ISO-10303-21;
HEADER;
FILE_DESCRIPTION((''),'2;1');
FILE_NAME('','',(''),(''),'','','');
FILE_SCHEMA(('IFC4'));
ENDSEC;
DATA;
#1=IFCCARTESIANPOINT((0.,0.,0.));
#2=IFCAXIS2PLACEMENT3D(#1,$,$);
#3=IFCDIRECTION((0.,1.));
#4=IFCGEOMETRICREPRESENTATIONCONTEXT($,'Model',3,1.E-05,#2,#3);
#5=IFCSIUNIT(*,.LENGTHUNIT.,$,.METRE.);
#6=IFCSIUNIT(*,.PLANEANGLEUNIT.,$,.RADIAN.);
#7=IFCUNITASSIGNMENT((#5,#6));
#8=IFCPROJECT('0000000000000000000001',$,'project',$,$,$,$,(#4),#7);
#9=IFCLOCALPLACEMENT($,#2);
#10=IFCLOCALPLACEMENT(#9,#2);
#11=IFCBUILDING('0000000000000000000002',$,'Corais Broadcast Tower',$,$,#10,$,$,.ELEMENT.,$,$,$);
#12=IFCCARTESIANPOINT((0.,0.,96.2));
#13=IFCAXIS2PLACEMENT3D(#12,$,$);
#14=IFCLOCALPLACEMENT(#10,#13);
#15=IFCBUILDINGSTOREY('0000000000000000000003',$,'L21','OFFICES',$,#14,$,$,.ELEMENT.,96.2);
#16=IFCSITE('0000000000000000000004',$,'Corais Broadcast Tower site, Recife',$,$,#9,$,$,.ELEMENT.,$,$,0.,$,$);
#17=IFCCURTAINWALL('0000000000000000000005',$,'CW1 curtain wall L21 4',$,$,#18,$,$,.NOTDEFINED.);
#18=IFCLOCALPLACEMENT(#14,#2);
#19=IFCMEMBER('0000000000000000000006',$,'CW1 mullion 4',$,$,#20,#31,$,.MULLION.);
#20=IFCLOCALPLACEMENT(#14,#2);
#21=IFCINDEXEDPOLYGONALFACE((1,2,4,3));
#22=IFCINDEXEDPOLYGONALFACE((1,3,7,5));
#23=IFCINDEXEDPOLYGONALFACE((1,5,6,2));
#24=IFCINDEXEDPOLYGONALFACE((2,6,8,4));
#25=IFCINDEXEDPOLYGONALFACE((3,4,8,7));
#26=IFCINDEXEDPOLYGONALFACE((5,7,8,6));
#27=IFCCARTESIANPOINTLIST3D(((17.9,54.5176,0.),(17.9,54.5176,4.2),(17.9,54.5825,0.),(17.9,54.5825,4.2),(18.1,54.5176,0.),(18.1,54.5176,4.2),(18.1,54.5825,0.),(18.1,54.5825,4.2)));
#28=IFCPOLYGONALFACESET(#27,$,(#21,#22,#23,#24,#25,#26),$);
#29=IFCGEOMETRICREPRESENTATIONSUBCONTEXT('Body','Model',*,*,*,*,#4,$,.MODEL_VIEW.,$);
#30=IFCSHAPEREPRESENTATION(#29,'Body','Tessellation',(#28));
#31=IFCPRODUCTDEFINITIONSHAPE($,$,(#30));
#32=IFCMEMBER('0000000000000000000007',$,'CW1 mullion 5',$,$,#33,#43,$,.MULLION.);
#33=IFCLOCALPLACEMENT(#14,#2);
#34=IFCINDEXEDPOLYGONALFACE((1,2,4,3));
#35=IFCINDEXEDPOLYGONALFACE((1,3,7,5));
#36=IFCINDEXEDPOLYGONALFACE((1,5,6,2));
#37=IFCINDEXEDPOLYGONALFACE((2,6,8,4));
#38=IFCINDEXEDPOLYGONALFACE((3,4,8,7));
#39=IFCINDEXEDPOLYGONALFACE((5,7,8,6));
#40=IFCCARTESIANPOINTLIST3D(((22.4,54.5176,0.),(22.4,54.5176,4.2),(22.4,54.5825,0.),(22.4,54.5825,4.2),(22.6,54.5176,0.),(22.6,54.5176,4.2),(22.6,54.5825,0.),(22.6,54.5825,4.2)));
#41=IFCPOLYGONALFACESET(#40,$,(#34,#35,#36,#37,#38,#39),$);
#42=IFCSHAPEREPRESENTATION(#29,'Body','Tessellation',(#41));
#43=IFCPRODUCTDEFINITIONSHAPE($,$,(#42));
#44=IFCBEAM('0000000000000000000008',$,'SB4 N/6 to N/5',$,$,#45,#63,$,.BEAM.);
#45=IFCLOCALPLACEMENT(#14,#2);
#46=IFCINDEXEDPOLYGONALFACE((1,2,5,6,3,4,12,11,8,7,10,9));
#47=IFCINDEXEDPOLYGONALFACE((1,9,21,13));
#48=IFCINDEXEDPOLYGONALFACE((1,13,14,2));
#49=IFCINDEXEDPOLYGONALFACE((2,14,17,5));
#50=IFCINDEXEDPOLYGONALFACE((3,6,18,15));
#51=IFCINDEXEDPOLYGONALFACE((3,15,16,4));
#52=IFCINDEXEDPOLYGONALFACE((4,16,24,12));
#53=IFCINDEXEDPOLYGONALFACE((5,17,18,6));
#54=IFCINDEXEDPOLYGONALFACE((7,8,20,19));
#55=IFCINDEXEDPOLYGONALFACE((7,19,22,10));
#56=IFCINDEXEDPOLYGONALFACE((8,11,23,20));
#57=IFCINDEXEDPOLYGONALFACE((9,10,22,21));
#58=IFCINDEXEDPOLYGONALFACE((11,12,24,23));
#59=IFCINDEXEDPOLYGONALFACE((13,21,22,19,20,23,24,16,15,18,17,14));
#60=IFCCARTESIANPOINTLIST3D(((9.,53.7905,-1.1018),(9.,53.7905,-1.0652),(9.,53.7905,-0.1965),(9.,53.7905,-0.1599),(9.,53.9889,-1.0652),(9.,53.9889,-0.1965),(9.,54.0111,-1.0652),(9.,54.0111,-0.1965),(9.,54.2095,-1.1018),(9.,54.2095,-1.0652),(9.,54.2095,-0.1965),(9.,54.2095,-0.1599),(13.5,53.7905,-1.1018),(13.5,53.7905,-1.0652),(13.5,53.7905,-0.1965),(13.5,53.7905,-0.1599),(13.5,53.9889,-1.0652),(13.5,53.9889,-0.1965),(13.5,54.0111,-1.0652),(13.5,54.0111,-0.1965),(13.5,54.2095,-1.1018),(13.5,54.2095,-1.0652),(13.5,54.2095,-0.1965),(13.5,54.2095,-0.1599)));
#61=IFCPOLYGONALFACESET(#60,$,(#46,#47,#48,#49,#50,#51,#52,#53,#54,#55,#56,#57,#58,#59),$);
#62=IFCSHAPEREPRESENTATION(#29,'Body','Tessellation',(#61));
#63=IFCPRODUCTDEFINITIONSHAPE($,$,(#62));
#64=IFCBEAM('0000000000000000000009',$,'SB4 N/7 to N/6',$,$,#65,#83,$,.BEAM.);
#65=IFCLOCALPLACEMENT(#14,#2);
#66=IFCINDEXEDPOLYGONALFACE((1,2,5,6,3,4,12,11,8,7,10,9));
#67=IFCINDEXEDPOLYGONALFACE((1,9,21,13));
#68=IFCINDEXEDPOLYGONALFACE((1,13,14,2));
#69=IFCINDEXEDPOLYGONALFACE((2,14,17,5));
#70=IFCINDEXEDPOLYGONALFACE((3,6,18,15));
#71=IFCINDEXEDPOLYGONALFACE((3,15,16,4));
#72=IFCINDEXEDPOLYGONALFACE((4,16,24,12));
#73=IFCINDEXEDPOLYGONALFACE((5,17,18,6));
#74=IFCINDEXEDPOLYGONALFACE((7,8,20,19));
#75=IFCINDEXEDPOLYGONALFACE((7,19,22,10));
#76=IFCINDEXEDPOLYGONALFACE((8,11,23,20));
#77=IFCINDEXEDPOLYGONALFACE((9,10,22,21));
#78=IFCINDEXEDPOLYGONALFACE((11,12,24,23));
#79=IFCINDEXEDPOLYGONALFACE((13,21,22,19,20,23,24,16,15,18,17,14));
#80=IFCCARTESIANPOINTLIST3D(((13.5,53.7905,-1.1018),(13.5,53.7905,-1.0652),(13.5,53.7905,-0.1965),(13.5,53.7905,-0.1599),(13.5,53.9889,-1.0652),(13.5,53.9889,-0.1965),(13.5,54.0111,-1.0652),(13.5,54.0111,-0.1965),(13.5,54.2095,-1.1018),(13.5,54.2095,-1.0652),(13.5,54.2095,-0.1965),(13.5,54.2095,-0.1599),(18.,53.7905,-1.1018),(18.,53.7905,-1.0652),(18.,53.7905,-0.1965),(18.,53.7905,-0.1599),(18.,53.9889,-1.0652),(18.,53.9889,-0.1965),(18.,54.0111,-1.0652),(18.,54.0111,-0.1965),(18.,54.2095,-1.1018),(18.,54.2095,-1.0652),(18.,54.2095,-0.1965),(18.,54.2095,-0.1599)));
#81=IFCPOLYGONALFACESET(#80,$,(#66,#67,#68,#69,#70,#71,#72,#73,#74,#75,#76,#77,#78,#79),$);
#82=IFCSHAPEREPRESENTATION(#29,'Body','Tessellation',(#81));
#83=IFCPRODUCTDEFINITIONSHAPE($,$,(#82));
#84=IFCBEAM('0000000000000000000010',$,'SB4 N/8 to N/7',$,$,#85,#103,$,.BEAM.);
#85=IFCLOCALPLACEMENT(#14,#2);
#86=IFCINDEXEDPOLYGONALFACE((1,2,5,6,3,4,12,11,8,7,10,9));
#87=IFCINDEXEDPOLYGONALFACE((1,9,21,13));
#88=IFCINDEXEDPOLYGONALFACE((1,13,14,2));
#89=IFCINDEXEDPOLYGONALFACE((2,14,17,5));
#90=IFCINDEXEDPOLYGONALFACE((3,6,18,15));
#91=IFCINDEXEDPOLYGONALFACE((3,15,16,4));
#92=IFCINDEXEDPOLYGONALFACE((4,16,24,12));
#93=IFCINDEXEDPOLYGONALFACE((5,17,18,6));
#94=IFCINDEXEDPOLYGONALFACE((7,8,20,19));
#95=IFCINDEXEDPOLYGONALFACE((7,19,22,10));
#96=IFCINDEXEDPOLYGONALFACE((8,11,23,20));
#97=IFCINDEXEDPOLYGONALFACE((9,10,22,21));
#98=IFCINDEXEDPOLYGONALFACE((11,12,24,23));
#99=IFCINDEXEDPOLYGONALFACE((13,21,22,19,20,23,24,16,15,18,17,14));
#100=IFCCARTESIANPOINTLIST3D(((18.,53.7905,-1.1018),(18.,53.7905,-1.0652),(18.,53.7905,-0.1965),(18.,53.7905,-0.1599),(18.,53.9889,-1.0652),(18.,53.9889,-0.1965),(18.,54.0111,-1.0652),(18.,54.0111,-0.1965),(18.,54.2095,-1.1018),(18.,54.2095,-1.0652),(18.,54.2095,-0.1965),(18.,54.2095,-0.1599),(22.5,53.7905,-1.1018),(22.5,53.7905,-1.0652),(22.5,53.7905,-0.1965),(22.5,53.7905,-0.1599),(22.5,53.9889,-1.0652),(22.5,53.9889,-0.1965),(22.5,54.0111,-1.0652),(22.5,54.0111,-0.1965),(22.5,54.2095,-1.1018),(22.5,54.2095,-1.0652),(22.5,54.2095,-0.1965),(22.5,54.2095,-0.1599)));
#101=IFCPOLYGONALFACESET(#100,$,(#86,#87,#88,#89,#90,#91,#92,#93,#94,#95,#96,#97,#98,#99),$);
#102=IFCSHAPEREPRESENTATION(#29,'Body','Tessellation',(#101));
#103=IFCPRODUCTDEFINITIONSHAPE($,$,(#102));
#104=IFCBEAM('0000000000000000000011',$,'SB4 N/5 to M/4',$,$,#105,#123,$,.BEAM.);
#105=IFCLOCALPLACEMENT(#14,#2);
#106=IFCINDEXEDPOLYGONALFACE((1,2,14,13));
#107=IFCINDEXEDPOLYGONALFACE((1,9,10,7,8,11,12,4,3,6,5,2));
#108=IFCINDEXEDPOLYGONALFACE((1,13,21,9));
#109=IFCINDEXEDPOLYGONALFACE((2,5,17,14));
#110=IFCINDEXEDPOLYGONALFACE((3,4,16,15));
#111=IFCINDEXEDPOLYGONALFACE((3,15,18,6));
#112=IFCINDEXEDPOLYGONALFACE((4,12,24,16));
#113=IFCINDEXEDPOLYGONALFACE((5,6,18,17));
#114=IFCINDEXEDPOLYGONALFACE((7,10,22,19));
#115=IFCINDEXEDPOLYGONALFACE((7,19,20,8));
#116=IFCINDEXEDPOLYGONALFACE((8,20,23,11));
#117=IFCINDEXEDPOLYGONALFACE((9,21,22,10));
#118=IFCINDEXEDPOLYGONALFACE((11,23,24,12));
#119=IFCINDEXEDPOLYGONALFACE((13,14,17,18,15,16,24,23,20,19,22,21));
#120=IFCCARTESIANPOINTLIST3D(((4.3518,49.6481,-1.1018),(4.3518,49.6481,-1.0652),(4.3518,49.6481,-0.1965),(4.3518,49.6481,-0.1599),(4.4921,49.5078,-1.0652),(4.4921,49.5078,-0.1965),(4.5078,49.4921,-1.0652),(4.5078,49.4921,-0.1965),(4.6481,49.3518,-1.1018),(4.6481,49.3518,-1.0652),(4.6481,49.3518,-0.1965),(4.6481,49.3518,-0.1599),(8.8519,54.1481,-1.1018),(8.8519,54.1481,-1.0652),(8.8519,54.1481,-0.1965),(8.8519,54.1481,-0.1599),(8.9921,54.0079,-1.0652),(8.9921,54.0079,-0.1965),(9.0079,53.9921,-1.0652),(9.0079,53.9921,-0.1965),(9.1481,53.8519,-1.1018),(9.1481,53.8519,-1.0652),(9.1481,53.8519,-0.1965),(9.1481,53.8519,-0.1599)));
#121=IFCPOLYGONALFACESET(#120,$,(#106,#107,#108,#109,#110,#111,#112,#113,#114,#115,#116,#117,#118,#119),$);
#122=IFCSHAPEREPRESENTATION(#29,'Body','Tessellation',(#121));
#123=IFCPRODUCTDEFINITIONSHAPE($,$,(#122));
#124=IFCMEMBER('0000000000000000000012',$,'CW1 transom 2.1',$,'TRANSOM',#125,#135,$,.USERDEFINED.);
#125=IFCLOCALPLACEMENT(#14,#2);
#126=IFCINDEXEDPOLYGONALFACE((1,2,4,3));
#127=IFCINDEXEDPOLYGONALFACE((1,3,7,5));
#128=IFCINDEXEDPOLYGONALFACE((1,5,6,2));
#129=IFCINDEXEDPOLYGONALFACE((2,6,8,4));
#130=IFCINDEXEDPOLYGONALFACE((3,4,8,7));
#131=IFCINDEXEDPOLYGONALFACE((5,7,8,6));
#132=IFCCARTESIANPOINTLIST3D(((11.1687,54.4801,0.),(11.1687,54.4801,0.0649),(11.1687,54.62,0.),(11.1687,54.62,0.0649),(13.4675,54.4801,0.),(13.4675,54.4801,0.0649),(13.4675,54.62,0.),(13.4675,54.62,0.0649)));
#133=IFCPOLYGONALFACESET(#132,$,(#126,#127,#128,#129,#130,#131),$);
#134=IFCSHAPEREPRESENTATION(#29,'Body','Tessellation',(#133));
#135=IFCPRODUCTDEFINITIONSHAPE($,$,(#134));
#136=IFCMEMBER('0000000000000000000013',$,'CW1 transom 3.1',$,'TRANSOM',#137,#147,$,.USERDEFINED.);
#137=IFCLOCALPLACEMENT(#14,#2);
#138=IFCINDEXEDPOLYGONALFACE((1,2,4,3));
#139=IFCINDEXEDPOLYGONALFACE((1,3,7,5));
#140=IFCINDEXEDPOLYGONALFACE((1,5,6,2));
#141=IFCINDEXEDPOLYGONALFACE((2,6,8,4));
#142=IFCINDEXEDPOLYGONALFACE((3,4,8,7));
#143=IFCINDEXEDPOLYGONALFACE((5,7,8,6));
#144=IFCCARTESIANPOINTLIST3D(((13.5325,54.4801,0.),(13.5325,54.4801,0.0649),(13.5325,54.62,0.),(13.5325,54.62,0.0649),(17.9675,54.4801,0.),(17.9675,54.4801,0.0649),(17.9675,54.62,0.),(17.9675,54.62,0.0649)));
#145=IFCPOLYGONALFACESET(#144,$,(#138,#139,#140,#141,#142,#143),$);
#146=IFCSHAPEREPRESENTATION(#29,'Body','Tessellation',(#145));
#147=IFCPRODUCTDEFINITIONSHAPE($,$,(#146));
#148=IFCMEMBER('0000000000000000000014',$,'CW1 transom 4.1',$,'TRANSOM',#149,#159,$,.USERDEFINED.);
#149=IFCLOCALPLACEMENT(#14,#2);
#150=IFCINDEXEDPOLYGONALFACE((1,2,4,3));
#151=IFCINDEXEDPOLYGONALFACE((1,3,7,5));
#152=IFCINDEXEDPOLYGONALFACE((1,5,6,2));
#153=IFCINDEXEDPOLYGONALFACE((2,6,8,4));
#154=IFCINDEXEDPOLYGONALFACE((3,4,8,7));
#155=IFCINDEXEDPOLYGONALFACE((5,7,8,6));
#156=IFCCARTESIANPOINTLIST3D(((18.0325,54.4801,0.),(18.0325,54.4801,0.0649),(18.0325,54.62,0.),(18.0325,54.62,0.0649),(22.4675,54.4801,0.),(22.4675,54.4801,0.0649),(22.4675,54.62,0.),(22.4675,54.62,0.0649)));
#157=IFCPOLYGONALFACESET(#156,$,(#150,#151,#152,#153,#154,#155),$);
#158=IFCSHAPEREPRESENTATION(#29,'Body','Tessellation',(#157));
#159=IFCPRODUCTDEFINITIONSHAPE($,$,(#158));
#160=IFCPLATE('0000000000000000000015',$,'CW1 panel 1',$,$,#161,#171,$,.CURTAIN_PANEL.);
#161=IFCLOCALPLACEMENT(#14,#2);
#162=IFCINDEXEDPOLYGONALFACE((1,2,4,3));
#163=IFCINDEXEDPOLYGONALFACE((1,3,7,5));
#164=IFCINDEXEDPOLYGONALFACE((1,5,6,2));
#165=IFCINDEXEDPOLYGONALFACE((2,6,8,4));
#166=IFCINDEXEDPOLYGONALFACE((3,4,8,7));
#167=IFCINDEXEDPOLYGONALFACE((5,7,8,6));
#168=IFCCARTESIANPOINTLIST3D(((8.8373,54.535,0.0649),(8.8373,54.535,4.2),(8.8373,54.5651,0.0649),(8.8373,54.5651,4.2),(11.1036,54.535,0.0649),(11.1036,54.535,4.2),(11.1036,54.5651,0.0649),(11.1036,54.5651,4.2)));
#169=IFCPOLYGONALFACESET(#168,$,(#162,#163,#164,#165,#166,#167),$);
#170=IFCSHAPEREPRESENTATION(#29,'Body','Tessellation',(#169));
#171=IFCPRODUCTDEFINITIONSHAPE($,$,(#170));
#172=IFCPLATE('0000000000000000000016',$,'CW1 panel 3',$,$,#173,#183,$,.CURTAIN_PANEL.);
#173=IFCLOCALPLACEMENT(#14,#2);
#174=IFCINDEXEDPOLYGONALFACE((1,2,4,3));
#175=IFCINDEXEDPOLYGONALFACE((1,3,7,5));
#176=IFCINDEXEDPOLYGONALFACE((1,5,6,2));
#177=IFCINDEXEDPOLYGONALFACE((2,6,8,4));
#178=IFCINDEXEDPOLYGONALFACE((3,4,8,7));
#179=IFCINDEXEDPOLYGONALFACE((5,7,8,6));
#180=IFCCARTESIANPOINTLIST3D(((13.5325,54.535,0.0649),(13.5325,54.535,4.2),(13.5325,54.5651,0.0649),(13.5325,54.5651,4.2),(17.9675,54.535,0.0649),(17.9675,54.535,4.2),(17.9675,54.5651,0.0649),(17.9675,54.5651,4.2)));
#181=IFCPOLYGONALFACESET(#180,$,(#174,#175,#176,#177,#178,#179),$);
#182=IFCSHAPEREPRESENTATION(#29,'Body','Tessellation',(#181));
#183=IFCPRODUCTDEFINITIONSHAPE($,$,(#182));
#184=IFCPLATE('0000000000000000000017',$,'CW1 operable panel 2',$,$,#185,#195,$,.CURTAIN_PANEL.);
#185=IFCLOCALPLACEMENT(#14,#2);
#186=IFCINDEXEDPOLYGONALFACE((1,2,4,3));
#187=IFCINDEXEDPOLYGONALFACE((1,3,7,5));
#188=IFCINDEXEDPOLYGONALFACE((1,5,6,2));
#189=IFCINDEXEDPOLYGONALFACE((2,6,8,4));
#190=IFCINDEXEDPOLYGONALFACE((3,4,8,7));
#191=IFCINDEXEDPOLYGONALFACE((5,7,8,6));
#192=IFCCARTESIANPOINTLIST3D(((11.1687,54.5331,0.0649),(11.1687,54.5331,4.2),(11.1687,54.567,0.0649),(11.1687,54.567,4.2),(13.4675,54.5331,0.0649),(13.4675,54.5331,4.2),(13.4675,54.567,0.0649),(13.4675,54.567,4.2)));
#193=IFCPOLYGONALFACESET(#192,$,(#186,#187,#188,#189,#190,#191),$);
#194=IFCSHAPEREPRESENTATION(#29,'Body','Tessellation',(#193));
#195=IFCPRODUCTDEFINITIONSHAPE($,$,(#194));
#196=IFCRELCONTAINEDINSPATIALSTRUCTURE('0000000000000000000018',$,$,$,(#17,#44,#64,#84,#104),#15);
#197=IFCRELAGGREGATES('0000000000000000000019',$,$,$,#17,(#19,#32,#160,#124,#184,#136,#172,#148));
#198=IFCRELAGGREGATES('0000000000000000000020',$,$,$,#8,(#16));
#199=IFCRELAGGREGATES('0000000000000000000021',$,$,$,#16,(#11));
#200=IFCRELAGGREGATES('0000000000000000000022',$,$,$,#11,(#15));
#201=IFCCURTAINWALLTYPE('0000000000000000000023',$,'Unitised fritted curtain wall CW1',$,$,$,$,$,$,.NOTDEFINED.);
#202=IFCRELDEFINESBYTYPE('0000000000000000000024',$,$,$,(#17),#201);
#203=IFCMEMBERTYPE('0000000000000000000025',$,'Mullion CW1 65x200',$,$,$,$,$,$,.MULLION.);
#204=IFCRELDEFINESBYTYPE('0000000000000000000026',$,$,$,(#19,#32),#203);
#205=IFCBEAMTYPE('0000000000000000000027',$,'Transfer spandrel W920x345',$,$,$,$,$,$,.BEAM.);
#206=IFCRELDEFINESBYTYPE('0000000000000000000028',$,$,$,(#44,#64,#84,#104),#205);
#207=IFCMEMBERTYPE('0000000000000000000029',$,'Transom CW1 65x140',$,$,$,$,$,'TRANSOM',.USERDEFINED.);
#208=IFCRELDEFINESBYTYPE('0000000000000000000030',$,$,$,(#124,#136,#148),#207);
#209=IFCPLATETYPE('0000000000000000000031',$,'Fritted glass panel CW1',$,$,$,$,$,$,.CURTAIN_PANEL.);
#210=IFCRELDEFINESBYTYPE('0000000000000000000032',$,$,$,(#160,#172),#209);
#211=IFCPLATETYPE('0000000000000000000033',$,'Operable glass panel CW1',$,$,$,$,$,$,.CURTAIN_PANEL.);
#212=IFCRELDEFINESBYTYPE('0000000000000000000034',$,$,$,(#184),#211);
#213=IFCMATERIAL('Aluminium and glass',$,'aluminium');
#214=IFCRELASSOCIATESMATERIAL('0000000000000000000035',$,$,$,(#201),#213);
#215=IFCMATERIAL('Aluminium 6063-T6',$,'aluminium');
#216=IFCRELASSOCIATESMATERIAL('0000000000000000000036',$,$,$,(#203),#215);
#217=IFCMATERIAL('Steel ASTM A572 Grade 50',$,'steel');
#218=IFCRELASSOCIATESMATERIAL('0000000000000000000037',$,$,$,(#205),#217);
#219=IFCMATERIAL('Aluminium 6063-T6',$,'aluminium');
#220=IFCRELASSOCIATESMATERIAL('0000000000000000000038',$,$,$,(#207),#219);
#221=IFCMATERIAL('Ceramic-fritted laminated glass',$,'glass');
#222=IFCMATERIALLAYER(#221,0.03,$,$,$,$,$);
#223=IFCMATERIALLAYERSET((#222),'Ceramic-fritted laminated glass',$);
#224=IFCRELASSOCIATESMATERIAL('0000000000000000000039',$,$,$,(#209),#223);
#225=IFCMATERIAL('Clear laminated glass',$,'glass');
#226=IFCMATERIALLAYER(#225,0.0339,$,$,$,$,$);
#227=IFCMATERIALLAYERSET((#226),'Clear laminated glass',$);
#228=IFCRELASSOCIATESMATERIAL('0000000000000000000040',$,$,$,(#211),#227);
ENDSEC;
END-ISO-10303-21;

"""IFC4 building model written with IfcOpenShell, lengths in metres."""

from ifc_helpers import new_model, si_unit, direction, frame, origin, origin_2d, place, context, subcontext, project, spatial, rectangle, i_section, extrude, material, layer, layer_set, material_profile, profile_set, type_object, element, aggregate, save


model = new_model("IFC4")

# Units and contexts
model_context = context("Model", 3, precision=1e-05, world=origin(), true_north=direction((0.0, 1.0)))
body_context = subcontext(model_context, "Body", "Model", "MODEL_VIEW")
ifc_project = project(units=[si_unit("LENGTHUNIT", "METRE"), si_unit("PLANEANGLEUNIT", "RADIAN")], contexts=[model_context])

# Site, building, storey
site_placement = place(None, origin())
site = spatial("IfcSite", under=ifc_project, at=site_placement, Name="Corais Broadcast Tower site, Recife", CompositionType="ELEMENT", RefElevation=0.0)
building_placement = place(site_placement, origin())
building = spatial("IfcBuilding", under=site, at=building_placement, Name="Corais Broadcast Tower", CompositionType="ELEMENT")
storey_placement = place(building_placement, frame((0.0, 0.0, 96.2)))
storey = spatial("IfcBuildingStorey", under=building, at=storey_placement, Name="L21", Description="OFFICES", CompositionType="ELEMENT", Elevation=96.2)

# Curtain wall, members
ifc_material_1 = material(Name="Aluminium and glass", Category="aluminium")
curtain_wall_type = type_object("IfcCurtainWallType", Name="Unitised fritted curtain wall CW1", PredefinedType="NOTDEFINED", material=ifc_material_1)
curtain_wall_placement = place(storey_placement, origin())
curtain_wall = element("IfcCurtainWall", 1, at=curtain_wall_placement, inside=storey, type_object=curtain_wall_type, Name="CW1 curtain wall L21 4", PredefinedType="NOTDEFINED")
ifc_material_2 = material(Name="Aluminium 6063-T6", Category="aluminium")
ifc_material_profile_1 = material_profile(ifc_material_2, rectangle(XDim=0.0649, YDim=0.2, at=origin_2d()), Name="Mullion CW1 65x200")
ifc_profile_set_1 = profile_set([ifc_material_profile_1], Name="Aluminium 6063-T6")
member_type_1 = type_object("IfcMemberType", Name="Mullion CW1 65x200", PredefinedType="MULLION", material=ifc_profile_set_1)
member_1_placement = place(storey_placement, frame((18.0, 54.55, 0.0), z_axis=(0.0, 0.0, 1.0), x_axis=(0.0, 1.0, 0.0)))
member_1 = element("IfcMember", 2, at=member_1_placement, type_object=member_type_1, Name="CW1 mullion 4", PredefinedType="MULLION", context=body_context, shape_type="SweptSolid", body=[
    extrude(rectangle(XDim=0.0649, YDim=0.2, at=origin_2d()), origin(), (0.0, 0.0, 1.0), 4.2),
])
member_2_placement = place(storey_placement, frame((22.5, 54.55, 0.0), z_axis=(0.0, 0.0, 1.0), x_axis=(0.0, 1.0, 0.0)))
member_2 = element("IfcMember", 3, at=member_2_placement, type_object=member_type_1, Name="CW1 mullion 5", PredefinedType="MULLION", context=body_context, shape_type="SweptSolid", body=[
    extrude(rectangle(XDim=0.0649, YDim=0.2, at=origin_2d()), origin(), (0.0, 0.0, 1.0), 4.2),
])

# Beams
ifc_material_3 = material(Name="Steel ASTM A572 Grade 50", Category="steel")
ifc_material_profile_2 = material_profile(ifc_material_3, i_section(OverallWidth=0.4189, OverallDepth=0.9419, WebThickness=0.0222, FlangeThickness=0.0366, at=origin_2d()), Name="W920x345")
ifc_profile_set_2 = profile_set([ifc_material_profile_2], Name="Steel ASTM A572 Grade 50")
beam_type_1 = type_object("IfcBeamType", Name="Transfer spandrel W920x345", PredefinedType="BEAM", material=ifc_profile_set_2)
for number, where, z_axis, x_axis, name in (
    (4, (13.5, 54.0, -0.6309), (-1.0, 0.0, 0.0), (0.0, -1.0, 0.0), "SB4 N/6 to N/5"),
    (5, (18.0, 54.0, -0.6309), (-1.0, 0.0, 0.0), (0.0, -1.0, 0.0), "SB4 N/7 to N/6"),
    (6, (22.5, 54.0, -0.6309), (-1.0, 0.0, 0.0), (0.0, -1.0, 0.0), "SB4 N/8 to N/7"),
):
    element("IfcBeam", number, at=place(storey_placement, frame(where, z_axis=z_axis, x_axis=x_axis)), inside=storey, type_object=beam_type_1, Name=name, PredefinedType="BEAM", context=body_context, shape_type="SweptSolid", body=[
        extrude(i_section(OverallWidth=0.4189, OverallDepth=0.9419, WebThickness=0.0222, FlangeThickness=0.0366, at=origin_2d()), origin(), (0.0, 0.0, 1.0), 4.5),
    ])
beam_1_placement = place(storey_placement, frame((9.0, 54.0, -0.6309), z_axis=(-0.707107, -0.707107, 0.0), x_axis=(0.707107, -0.707107, 0.0)))
element("IfcBeam", 7, at=beam_1_placement, inside=storey, type_object=beam_type_1, Name="SB4 N/5 to M/4", PredefinedType="BEAM", context=body_context, shape_type="SweptSolid", body=[
    extrude(i_section(OverallWidth=0.4189, OverallDepth=0.9419, WebThickness=0.0222, FlangeThickness=0.0366, at=origin_2d()), origin(), (0.0, 0.0, 1.0), 6.364),
])

# Members
ifc_material_4 = material(Name="Aluminium 6063-T6", Category="aluminium")
ifc_material_profile_3 = material_profile(ifc_material_4, rectangle(XDim=0.1399, YDim=0.0649, at=origin_2d()), Name="Transom CW1 65x140")
ifc_profile_set_3 = profile_set([ifc_material_profile_3], Name="Aluminium 6063-T6")
member_type_2 = type_object("IfcMemberType", Name="Transom CW1 65x140", ElementType="TRANSOM", PredefinedType="USERDEFINED", material=ifc_profile_set_3)
member_3_placement = place(storey_placement, frame((11.1687, 54.55, 0.0325), z_axis=(1.0, 0.0, 0.0), x_axis=(0.0, 1.0, 0.0)))
member_3 = element("IfcMember", 8, at=member_3_placement, type_object=member_type_2, Name="CW1 transom 2.1", ObjectType="TRANSOM", PredefinedType="USERDEFINED", context=body_context, shape_type="SweptSolid", body=[
    extrude(rectangle(XDim=0.1399, YDim=0.0649, at=origin_2d()), origin(), (0.0, 0.0, 1.0), 2.2988),
])
member_4_placement = place(storey_placement, frame((13.5325, 54.55, 0.0325), z_axis=(1.0, 0.0, 0.0), x_axis=(0.0, 1.0, 0.0)))
member_4 = element("IfcMember", 9, at=member_4_placement, type_object=member_type_2, Name="CW1 transom 3.1", ObjectType="TRANSOM", PredefinedType="USERDEFINED", context=body_context, shape_type="SweptSolid", body=[
    extrude(rectangle(XDim=0.1399, YDim=0.0649, at=origin_2d()), origin(), (0.0, 0.0, 1.0), 4.4351),
])
member_5_placement = place(storey_placement, frame((18.0325, 54.55, 0.0325), z_axis=(1.0, 0.0, 0.0), x_axis=(0.0, 1.0, 0.0)))
member_5 = element("IfcMember", 10, at=member_5_placement, type_object=member_type_2, Name="CW1 transom 4.1", ObjectType="TRANSOM", PredefinedType="USERDEFINED", context=body_context, shape_type="SweptSolid", body=[
    extrude(rectangle(XDim=0.1399, YDim=0.0649, at=origin_2d()), origin(), (0.0, 0.0, 1.0), 4.4351),
])

# Plates
ifc_material_5 = material(Name="Ceramic-fritted laminated glass", Category="glass")
ifc_layer_1 = layer(ifc_material_5, 0.03)
ifc_layer_set_1 = layer_set([ifc_layer_1], Name="Ceramic-fritted laminated glass")
plate_type_1 = type_object("IfcPlateType", Name="Fritted glass panel CW1", PredefinedType="CURTAIN_PANEL", material=ifc_layer_set_1)
plate_1_placement = place(storey_placement, frame((9.9705, 54.55, 0.0649), z_axis=(0.0, 0.0, 1.0), x_axis=(1.0, 0.0, 0.0)))
plate_1 = element("IfcPlate", 11, at=plate_1_placement, type_object=plate_type_1, Name="CW1 panel 1", PredefinedType="CURTAIN_PANEL", context=body_context, shape_type="SweptSolid", body=[
    extrude(rectangle(XDim=2.2664, YDim=0.03, at=origin_2d()), origin(), (0.0, 0.0, 1.0), 4.135),
])
plate_2_placement = place(storey_placement, frame((15.75, 54.55, 0.0649), z_axis=(0.0, 0.0, 1.0), x_axis=(1.0, 0.0, 0.0)))
plate_2 = element("IfcPlate", 12, at=plate_2_placement, type_object=plate_type_1, Name="CW1 panel 3", PredefinedType="CURTAIN_PANEL", context=body_context, shape_type="SweptSolid", body=[
    extrude(rectangle(XDim=4.4351, YDim=0.03, at=origin_2d()), origin(), (0.0, 0.0, 1.0), 4.135),
])
ifc_material_6 = material(Name="Clear laminated glass", Category="glass")
ifc_layer_2 = layer(ifc_material_6, 0.0339)
ifc_layer_set_2 = layer_set([ifc_layer_2], Name="Clear laminated glass")
plate_type_2 = type_object("IfcPlateType", Name="Operable glass panel CW1", PredefinedType="CURTAIN_PANEL", material=ifc_layer_set_2)
plate_3_placement = place(storey_placement, frame((12.3181, 54.55, 0.0649), z_axis=(0.0, 0.0, 1.0), x_axis=(1.0, 0.0, 0.0)))
plate_3 = element("IfcPlate", 13, at=plate_3_placement, type_object=plate_type_2, Name="CW1 operable panel 2", PredefinedType="CURTAIN_PANEL", context=body_context, shape_type="SweptSolid", body=[
    extrude(rectangle(XDim=2.2988, YDim=0.0339, at=origin_2d()), origin(), (0.0, 0.0, 1.0), 4.135),
])
aggregate(curtain_wall, [member_1, member_2, plate_1, member_3, plate_3, member_4, plate_2, member_5])

save(model, "model.ifc")
